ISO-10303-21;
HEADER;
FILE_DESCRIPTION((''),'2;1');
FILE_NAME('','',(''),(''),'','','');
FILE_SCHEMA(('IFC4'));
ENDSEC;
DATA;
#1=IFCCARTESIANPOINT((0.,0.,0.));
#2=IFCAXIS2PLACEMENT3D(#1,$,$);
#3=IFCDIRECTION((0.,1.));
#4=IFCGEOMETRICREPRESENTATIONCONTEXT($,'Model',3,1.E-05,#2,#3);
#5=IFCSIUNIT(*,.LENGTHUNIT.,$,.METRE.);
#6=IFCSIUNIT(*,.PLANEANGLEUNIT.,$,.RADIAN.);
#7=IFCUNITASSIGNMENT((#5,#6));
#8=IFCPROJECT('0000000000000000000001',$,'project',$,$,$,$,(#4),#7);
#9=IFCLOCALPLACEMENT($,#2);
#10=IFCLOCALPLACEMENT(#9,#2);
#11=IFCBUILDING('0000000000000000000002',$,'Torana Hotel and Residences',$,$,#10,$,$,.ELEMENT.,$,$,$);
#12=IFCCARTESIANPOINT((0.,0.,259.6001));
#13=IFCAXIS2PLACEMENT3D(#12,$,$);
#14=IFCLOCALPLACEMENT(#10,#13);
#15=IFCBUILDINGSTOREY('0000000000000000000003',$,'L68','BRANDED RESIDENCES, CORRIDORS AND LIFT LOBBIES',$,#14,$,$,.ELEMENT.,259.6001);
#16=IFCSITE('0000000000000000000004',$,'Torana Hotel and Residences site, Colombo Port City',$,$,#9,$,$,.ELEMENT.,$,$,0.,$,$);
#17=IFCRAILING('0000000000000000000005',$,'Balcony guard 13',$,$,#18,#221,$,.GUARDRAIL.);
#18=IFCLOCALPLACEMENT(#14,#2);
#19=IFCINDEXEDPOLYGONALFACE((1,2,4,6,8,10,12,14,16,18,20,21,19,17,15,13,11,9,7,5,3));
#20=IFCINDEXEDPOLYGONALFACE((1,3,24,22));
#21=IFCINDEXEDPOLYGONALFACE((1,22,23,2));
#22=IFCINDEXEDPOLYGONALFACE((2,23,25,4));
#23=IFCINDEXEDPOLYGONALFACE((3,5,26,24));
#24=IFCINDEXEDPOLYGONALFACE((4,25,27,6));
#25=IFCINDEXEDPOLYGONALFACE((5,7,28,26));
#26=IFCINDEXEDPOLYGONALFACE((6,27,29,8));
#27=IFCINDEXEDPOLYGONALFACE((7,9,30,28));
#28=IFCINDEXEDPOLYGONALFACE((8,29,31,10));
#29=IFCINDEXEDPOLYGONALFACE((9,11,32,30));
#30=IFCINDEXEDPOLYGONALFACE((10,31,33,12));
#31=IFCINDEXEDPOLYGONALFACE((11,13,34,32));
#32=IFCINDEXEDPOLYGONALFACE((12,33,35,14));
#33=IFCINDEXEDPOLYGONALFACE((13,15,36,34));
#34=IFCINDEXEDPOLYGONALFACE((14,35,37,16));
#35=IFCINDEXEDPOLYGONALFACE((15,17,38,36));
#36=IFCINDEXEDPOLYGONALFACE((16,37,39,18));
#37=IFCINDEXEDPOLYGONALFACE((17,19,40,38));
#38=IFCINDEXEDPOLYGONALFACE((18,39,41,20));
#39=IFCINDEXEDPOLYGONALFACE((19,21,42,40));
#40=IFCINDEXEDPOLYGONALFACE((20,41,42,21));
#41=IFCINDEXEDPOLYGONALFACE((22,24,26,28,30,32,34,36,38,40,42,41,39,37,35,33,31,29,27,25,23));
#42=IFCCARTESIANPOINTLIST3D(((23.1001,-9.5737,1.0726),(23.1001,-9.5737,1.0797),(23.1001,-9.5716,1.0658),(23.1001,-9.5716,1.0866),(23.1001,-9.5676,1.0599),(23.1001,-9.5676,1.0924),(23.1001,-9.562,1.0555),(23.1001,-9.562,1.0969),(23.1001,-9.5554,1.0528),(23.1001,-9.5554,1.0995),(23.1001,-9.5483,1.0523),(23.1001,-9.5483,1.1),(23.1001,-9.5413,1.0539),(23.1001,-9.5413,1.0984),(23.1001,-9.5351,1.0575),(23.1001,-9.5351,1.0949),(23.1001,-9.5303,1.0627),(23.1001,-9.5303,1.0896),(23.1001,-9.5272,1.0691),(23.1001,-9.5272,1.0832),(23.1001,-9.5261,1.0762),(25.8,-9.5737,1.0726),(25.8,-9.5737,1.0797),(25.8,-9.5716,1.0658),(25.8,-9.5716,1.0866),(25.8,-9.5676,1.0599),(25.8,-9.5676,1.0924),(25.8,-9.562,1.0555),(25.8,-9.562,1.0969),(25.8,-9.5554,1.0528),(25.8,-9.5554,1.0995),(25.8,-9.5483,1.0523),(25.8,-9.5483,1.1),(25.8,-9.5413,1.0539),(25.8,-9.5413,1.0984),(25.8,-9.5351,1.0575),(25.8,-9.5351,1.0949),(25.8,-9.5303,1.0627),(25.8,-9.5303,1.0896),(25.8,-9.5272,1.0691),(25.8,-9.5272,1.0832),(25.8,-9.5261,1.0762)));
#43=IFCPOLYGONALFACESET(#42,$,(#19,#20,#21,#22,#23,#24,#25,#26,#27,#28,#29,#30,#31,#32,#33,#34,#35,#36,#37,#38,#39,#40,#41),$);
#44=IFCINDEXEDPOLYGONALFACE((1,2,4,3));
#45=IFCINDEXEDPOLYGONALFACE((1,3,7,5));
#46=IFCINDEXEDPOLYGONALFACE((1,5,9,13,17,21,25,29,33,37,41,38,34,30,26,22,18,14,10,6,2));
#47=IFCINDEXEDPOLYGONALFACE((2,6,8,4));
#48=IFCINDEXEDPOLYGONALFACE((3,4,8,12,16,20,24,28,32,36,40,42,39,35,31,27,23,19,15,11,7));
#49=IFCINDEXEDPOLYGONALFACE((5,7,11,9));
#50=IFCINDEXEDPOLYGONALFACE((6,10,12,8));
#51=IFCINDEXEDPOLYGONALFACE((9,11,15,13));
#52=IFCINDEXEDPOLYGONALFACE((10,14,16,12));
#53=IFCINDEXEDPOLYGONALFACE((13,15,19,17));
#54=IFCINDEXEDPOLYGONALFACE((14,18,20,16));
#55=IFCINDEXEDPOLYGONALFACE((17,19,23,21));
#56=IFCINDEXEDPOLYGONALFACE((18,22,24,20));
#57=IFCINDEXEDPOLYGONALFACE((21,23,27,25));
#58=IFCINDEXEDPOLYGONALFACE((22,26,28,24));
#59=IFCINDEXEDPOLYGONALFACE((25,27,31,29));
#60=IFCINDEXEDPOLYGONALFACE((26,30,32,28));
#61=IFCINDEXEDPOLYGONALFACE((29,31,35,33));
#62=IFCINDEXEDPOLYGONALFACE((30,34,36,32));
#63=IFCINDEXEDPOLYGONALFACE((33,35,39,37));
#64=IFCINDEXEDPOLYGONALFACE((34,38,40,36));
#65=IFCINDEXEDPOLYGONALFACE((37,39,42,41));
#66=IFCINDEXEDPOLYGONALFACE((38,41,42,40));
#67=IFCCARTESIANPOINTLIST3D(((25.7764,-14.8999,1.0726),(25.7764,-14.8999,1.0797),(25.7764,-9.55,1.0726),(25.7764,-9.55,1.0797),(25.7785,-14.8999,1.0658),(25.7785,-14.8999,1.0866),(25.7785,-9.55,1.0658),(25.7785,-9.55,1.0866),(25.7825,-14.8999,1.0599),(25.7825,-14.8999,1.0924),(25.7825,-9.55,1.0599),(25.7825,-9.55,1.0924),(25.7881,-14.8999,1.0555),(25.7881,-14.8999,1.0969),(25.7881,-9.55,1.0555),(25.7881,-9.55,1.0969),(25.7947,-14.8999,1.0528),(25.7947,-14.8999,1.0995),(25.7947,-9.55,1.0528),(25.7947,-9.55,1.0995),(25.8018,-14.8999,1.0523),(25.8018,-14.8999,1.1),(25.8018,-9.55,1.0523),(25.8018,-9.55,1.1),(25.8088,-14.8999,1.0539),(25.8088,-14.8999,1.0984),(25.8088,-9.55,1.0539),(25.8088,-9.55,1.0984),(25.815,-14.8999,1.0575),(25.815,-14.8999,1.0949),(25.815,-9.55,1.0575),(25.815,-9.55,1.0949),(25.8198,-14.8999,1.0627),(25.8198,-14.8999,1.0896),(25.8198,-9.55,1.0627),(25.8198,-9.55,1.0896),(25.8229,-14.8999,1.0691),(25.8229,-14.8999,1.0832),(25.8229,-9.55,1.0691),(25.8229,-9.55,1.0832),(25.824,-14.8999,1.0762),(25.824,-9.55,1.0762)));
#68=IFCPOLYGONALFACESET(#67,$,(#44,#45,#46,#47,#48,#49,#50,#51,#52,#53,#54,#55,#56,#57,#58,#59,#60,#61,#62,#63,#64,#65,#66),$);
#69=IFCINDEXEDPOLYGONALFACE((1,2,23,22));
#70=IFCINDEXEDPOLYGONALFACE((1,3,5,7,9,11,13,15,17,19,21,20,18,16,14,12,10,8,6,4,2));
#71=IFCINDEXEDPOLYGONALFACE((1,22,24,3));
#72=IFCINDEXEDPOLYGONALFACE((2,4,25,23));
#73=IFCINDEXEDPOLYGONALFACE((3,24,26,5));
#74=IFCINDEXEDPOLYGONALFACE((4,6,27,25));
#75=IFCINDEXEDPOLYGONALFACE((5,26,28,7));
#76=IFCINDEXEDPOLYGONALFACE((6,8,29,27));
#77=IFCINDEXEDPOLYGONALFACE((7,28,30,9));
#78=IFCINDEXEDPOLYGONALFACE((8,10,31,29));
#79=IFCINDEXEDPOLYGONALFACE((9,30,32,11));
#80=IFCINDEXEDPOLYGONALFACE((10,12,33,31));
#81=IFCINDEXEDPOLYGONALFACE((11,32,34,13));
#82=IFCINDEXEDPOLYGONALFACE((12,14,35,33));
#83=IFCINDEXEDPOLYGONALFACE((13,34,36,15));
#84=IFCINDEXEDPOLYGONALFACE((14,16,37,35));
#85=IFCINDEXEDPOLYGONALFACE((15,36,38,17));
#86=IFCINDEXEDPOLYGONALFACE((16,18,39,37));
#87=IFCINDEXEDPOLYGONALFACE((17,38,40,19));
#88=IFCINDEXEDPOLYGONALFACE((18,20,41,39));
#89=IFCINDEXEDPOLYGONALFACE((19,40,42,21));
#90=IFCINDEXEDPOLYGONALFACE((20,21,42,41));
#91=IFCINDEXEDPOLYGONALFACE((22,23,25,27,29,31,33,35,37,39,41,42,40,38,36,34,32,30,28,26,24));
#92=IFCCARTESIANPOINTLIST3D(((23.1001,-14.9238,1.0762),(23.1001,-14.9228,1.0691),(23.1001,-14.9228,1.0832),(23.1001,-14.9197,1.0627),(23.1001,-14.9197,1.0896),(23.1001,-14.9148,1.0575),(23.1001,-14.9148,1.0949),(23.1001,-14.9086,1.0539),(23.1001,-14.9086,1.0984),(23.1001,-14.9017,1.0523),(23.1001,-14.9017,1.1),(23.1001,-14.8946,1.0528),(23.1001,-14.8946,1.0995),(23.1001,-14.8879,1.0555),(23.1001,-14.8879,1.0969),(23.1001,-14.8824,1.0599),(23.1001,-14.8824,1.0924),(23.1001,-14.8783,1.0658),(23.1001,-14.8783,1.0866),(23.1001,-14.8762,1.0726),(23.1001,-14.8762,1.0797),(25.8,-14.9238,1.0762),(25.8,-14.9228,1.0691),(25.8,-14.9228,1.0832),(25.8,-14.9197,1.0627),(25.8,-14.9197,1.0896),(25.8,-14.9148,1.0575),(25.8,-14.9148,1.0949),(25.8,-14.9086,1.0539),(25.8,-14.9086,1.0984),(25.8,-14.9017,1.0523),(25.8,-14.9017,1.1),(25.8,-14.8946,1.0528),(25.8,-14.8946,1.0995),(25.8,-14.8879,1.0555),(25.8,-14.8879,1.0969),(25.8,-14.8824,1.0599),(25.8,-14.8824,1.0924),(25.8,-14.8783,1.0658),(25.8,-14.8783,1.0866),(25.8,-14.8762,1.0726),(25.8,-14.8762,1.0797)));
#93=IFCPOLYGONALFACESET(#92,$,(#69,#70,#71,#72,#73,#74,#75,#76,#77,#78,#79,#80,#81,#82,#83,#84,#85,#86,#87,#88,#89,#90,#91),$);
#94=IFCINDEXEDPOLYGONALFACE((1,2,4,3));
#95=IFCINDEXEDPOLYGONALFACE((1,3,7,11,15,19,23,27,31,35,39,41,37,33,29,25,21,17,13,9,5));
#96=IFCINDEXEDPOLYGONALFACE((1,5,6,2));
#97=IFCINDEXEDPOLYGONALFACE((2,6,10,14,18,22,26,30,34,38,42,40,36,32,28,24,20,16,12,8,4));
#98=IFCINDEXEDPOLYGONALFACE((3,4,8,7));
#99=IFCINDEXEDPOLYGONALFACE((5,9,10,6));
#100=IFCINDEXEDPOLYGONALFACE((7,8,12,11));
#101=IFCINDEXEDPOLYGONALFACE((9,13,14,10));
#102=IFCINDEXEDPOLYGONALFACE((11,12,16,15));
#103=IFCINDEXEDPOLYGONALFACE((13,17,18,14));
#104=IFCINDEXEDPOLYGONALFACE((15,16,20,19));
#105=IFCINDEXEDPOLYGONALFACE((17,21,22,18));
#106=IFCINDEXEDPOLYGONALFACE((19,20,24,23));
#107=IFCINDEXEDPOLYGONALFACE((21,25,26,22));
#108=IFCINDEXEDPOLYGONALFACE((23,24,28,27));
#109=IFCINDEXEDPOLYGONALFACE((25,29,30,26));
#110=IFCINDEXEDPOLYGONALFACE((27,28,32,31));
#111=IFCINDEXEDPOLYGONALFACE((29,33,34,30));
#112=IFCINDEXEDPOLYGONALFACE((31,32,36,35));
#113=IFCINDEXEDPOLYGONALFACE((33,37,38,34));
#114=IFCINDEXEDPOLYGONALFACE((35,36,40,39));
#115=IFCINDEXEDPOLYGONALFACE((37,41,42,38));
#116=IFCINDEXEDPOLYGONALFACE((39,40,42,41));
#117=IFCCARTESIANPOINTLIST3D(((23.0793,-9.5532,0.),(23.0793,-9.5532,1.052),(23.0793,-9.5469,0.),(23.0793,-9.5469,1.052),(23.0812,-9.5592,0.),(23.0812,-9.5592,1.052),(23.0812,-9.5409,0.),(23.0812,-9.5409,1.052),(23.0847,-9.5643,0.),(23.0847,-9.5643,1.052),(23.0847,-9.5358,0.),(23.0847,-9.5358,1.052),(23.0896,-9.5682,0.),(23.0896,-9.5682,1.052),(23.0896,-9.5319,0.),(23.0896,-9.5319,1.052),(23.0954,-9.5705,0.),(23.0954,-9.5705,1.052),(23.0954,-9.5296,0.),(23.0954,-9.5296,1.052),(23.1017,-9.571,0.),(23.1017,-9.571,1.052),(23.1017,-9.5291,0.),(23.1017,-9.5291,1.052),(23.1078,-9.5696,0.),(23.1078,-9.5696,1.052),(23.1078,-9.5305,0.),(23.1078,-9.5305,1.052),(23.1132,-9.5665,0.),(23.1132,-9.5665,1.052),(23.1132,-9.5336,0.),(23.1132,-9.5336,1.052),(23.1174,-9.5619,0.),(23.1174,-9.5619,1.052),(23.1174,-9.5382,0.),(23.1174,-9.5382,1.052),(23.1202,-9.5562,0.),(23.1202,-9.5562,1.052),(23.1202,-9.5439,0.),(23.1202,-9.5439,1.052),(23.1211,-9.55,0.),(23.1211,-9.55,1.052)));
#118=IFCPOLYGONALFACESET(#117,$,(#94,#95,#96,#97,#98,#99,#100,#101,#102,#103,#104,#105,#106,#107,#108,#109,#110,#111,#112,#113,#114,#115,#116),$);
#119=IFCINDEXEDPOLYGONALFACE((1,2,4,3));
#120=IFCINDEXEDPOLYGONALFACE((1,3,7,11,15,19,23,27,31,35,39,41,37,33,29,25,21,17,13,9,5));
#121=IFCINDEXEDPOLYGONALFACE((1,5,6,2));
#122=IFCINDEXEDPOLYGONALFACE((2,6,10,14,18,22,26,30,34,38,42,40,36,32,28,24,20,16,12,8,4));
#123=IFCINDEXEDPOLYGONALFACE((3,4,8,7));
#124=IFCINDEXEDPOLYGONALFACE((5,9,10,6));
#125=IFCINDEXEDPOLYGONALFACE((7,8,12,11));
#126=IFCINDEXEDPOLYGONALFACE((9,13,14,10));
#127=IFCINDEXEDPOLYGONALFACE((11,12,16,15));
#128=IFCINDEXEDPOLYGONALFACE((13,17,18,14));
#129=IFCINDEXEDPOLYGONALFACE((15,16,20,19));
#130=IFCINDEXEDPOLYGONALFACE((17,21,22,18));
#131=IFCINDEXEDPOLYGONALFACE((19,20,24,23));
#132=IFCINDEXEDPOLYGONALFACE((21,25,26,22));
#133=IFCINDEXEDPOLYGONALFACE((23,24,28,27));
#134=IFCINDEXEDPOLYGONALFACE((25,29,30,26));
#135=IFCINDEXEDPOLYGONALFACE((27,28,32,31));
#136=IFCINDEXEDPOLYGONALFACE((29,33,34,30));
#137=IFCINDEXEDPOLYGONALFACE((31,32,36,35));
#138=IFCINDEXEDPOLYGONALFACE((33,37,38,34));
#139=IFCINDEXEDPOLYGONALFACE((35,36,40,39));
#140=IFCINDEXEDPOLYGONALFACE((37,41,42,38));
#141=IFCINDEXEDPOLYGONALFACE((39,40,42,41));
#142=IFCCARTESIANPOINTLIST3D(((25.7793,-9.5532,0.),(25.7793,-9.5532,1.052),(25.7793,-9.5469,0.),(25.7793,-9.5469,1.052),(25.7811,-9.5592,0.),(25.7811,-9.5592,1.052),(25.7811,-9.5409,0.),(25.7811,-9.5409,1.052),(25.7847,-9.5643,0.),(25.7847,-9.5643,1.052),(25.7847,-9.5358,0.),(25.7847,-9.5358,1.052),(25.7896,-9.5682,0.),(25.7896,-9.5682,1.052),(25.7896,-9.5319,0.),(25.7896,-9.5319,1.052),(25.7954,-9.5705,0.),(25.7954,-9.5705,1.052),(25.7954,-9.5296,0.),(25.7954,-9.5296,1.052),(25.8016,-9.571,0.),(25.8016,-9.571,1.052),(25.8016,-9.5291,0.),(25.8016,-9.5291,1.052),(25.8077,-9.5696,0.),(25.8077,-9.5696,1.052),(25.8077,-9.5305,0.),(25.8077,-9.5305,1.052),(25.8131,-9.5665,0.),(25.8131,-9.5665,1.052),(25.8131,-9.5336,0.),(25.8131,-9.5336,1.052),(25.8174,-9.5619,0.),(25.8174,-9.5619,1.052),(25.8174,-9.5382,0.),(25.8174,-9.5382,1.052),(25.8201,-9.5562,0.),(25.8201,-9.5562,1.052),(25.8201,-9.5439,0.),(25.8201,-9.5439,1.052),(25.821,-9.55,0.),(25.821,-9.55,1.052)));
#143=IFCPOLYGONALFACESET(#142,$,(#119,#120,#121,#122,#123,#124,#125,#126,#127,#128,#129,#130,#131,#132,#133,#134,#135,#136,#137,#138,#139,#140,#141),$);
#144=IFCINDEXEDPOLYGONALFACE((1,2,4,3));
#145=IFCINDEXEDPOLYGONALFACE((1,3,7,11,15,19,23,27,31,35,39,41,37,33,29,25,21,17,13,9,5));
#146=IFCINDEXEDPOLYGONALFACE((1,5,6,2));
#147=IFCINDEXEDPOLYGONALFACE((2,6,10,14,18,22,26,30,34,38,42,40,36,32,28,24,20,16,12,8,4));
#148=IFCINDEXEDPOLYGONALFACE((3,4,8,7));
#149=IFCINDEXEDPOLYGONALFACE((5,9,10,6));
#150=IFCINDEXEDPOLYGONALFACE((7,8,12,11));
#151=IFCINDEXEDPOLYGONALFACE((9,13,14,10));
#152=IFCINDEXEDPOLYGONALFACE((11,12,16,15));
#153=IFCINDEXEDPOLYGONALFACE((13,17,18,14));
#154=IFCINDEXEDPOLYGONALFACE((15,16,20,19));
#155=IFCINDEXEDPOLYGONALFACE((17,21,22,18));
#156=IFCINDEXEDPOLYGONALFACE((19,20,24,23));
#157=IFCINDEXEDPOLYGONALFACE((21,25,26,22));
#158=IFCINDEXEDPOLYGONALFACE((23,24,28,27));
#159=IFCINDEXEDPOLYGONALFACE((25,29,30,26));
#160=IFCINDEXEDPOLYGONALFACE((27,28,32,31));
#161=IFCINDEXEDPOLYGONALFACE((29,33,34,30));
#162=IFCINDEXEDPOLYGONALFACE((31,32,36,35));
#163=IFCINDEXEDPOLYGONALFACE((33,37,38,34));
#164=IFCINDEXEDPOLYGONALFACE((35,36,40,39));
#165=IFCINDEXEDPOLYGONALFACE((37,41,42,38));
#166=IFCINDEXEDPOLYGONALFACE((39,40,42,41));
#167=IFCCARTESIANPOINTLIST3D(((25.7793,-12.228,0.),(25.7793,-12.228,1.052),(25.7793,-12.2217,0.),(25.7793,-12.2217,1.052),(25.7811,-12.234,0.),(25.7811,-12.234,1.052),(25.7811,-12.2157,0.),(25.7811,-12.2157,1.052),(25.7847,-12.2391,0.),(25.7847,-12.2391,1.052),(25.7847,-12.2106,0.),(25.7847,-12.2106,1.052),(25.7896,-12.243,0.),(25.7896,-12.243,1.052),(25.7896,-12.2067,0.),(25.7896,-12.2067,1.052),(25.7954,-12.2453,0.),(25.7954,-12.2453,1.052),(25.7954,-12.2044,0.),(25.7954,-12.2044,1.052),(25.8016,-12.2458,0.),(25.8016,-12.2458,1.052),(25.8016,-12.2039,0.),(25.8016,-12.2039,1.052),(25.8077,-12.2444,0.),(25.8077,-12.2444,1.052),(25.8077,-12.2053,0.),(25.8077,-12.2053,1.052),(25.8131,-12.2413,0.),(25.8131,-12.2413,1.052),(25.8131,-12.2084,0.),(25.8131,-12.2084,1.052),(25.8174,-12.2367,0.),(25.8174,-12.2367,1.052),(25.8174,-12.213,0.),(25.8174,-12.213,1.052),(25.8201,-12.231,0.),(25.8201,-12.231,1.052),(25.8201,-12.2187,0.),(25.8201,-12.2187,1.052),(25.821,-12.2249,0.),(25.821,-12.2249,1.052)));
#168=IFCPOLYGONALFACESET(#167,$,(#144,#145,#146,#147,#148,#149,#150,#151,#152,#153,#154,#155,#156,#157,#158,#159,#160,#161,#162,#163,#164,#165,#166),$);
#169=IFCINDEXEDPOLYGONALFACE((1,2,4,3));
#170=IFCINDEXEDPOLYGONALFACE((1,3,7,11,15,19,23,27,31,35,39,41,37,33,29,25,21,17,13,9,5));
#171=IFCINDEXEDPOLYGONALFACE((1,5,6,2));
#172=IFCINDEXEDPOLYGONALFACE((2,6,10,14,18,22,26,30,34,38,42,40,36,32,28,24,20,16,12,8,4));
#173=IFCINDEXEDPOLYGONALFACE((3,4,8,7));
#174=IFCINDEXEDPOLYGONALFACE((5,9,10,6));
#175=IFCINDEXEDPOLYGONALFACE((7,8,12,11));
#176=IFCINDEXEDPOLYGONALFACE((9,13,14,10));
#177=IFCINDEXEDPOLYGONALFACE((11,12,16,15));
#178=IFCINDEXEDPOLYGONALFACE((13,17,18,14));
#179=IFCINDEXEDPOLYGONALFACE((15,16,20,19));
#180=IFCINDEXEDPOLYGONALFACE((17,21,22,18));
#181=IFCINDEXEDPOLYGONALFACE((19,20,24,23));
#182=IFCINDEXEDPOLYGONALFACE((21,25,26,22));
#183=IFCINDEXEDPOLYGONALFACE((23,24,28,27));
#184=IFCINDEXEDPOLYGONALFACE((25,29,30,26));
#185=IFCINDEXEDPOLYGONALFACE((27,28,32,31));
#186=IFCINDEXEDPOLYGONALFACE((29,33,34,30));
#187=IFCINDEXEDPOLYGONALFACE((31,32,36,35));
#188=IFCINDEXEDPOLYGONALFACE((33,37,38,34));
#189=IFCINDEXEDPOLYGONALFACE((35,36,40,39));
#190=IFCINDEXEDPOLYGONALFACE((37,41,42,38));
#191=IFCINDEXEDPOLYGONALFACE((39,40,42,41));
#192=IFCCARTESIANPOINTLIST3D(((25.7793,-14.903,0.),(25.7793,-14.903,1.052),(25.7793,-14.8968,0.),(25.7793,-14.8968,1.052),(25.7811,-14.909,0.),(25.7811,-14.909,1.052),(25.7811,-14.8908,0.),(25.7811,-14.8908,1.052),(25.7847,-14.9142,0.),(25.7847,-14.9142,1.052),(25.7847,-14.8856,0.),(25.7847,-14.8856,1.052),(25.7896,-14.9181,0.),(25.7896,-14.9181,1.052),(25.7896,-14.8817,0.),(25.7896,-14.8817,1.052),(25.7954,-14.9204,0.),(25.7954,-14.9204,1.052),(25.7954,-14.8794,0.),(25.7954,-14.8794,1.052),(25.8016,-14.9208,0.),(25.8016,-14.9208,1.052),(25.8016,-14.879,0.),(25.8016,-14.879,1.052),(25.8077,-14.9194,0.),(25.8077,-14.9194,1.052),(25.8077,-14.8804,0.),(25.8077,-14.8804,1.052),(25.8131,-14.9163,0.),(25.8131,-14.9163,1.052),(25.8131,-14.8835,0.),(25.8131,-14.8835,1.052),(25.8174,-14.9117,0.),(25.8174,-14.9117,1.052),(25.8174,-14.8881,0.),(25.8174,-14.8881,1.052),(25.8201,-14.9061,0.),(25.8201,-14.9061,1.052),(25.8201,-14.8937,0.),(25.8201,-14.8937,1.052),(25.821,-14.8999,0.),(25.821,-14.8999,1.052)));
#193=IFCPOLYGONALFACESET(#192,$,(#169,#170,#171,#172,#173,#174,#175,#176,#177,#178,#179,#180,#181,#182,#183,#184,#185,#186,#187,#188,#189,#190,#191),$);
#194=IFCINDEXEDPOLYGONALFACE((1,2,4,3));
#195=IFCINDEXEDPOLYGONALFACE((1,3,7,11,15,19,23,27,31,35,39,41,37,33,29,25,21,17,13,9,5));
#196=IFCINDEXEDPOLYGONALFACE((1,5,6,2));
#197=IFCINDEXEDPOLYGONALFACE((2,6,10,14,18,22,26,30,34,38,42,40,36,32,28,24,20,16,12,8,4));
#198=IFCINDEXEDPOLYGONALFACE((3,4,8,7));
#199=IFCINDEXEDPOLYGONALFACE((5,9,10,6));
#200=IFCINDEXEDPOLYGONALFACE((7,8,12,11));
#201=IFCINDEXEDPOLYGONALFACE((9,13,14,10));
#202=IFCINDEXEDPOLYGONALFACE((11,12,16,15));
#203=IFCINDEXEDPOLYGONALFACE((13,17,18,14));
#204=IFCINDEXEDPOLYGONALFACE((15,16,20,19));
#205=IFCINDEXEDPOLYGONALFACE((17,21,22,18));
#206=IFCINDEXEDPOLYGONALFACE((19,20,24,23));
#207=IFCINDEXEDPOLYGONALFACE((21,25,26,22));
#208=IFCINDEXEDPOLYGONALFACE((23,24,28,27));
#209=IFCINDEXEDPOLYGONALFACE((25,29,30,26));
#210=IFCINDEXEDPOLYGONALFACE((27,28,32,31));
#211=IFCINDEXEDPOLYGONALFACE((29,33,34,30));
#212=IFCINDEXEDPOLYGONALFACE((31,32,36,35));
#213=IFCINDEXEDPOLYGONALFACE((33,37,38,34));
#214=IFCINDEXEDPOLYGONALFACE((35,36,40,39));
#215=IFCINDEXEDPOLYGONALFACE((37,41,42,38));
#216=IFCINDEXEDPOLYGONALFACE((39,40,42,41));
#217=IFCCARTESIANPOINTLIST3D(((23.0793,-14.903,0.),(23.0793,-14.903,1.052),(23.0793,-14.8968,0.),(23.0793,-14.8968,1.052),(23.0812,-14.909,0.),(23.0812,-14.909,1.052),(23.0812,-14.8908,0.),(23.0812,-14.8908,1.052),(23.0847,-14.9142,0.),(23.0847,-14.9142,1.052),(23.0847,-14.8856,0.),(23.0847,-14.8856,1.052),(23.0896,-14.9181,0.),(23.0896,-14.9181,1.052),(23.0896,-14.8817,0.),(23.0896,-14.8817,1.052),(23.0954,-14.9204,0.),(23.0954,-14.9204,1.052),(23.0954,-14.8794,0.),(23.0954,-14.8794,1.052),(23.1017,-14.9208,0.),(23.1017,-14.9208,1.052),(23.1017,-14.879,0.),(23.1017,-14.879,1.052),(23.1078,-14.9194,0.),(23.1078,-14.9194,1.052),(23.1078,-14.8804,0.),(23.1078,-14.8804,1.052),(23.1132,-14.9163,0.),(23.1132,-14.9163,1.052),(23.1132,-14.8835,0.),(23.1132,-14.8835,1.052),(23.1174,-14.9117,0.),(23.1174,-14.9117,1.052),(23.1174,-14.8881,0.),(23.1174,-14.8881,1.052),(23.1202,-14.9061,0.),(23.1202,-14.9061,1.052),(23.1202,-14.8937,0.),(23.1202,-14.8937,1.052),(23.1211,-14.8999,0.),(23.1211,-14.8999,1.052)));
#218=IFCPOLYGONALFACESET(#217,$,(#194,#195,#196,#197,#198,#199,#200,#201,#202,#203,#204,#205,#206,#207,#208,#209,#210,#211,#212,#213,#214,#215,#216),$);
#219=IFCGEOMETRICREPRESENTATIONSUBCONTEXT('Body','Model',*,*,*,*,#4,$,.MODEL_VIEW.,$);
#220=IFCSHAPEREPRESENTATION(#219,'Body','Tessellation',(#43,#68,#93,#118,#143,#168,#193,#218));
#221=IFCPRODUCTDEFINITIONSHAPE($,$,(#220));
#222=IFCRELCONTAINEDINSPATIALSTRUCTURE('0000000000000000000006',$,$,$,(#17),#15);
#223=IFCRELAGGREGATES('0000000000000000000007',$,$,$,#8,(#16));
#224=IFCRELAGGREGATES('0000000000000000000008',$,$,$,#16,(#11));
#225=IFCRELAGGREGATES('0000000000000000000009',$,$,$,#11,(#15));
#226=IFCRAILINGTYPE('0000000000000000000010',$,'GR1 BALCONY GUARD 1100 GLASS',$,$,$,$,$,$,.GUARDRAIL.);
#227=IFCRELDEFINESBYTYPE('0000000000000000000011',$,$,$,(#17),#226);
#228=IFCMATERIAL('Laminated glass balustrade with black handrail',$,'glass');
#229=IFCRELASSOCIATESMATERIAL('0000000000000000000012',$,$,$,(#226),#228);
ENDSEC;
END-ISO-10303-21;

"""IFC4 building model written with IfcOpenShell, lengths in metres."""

from ifc_helpers import new_model, si_unit, direction, frame, origin, origin_2d, place, context, subcontext, project, spatial, circle, extrude, material, type_object, element, save


model = new_model("IFC4")

# Units and contexts
model_context = context("Model", 3, precision=1e-05, world=origin(), true_north=direction((0.0, 1.0)))
body_context = subcontext(model_context, "Body", "Model", "MODEL_VIEW")
ifc_project = project(units=[si_unit("LENGTHUNIT", "METRE"), si_unit("PLANEANGLEUNIT", "RADIAN")], contexts=[model_context])

# Site, building, storey
site_placement = place(None, origin())
site = spatial("IfcSite", under=ifc_project, at=site_placement, Name="Torana Hotel and Residences site, Colombo Port City", CompositionType="ELEMENT", RefElevation=0.0)
building_placement = place(site_placement, origin())
building = spatial("IfcBuilding", under=site, at=building_placement, Name="Torana Hotel and Residences", CompositionType="ELEMENT")
storey_placement = place(building_placement, frame((0.0, 0.0, 259.6001)))
storey = spatial("IfcBuildingStorey", under=building, at=storey_placement, Name="L68", Description="BRANDED RESIDENCES, CORRIDORS AND LIFT LOBBIES", CompositionType="ELEMENT", Elevation=259.6001)

# Railing
ifc_material_1 = material(Name="Laminated glass balustrade with black handrail", Category="glass")
railing_type = type_object("IfcRailingType", Name="GR1 BALCONY GUARD 1100 GLASS", PredefinedType="GUARDRAIL", material=ifc_material_1)
railing_1_placement = place(storey_placement, frame((23.1001, -9.55, 0.0)))
element("IfcRailing", 1, at=railing_1_placement, inside=storey, type_object=railing_type, Name="Balcony guard 13", PredefinedType="GUARDRAIL", context=body_context, shape_type="SweptSolid", body=[
    extrude(circle(Radius=0.0239, at=origin_2d()), frame((0.0, 0.0, 1.0762), z_axis=(1.0, 0.0, 0.0), x_axis=(0.0, 1.0, 0.0)), (0.0, 0.0, 1.0), 2.7),
    extrude(circle(Radius=0.0239, at=origin_2d()), frame((2.7, 0.0, 1.0762), z_axis=(0.0, -1.0, 0.0), x_axis=(1.0, 0.0, 0.0)), (0.0, 0.0, 1.0), 5.3499),
    extrude(circle(Radius=0.0239, at=origin_2d()), frame((2.7, -5.3499, 1.0762), z_axis=(-1.0, 0.0, 0.0), x_axis=(0.0, -1.0, 0.0)), (0.0, 0.0, 1.0), 2.7),
    extrude(circle(Radius=0.021, at=origin_2d()), origin(), (0.0, 0.0, 1.0), 1.052),
    extrude(circle(Radius=0.021, at=origin_2d()), frame((2.7, 0.0, 0.0)), (0.0, 0.0, 1.0), 1.052),
    extrude(circle(Radius=0.021, at=origin_2d()), frame((2.7, -2.6748, 0.0)), (0.0, 0.0, 1.0), 1.052),
    extrude(circle(Radius=0.021, at=origin_2d()), frame((2.7, -5.3499, 0.0)), (0.0, 0.0, 1.0), 1.052),
    extrude(circle(Radius=0.021, at=origin_2d()), frame((0.0, -5.3499, 0.0)), (0.0, 0.0, 1.0), 1.052),
])

save(model, "model.ifc")
